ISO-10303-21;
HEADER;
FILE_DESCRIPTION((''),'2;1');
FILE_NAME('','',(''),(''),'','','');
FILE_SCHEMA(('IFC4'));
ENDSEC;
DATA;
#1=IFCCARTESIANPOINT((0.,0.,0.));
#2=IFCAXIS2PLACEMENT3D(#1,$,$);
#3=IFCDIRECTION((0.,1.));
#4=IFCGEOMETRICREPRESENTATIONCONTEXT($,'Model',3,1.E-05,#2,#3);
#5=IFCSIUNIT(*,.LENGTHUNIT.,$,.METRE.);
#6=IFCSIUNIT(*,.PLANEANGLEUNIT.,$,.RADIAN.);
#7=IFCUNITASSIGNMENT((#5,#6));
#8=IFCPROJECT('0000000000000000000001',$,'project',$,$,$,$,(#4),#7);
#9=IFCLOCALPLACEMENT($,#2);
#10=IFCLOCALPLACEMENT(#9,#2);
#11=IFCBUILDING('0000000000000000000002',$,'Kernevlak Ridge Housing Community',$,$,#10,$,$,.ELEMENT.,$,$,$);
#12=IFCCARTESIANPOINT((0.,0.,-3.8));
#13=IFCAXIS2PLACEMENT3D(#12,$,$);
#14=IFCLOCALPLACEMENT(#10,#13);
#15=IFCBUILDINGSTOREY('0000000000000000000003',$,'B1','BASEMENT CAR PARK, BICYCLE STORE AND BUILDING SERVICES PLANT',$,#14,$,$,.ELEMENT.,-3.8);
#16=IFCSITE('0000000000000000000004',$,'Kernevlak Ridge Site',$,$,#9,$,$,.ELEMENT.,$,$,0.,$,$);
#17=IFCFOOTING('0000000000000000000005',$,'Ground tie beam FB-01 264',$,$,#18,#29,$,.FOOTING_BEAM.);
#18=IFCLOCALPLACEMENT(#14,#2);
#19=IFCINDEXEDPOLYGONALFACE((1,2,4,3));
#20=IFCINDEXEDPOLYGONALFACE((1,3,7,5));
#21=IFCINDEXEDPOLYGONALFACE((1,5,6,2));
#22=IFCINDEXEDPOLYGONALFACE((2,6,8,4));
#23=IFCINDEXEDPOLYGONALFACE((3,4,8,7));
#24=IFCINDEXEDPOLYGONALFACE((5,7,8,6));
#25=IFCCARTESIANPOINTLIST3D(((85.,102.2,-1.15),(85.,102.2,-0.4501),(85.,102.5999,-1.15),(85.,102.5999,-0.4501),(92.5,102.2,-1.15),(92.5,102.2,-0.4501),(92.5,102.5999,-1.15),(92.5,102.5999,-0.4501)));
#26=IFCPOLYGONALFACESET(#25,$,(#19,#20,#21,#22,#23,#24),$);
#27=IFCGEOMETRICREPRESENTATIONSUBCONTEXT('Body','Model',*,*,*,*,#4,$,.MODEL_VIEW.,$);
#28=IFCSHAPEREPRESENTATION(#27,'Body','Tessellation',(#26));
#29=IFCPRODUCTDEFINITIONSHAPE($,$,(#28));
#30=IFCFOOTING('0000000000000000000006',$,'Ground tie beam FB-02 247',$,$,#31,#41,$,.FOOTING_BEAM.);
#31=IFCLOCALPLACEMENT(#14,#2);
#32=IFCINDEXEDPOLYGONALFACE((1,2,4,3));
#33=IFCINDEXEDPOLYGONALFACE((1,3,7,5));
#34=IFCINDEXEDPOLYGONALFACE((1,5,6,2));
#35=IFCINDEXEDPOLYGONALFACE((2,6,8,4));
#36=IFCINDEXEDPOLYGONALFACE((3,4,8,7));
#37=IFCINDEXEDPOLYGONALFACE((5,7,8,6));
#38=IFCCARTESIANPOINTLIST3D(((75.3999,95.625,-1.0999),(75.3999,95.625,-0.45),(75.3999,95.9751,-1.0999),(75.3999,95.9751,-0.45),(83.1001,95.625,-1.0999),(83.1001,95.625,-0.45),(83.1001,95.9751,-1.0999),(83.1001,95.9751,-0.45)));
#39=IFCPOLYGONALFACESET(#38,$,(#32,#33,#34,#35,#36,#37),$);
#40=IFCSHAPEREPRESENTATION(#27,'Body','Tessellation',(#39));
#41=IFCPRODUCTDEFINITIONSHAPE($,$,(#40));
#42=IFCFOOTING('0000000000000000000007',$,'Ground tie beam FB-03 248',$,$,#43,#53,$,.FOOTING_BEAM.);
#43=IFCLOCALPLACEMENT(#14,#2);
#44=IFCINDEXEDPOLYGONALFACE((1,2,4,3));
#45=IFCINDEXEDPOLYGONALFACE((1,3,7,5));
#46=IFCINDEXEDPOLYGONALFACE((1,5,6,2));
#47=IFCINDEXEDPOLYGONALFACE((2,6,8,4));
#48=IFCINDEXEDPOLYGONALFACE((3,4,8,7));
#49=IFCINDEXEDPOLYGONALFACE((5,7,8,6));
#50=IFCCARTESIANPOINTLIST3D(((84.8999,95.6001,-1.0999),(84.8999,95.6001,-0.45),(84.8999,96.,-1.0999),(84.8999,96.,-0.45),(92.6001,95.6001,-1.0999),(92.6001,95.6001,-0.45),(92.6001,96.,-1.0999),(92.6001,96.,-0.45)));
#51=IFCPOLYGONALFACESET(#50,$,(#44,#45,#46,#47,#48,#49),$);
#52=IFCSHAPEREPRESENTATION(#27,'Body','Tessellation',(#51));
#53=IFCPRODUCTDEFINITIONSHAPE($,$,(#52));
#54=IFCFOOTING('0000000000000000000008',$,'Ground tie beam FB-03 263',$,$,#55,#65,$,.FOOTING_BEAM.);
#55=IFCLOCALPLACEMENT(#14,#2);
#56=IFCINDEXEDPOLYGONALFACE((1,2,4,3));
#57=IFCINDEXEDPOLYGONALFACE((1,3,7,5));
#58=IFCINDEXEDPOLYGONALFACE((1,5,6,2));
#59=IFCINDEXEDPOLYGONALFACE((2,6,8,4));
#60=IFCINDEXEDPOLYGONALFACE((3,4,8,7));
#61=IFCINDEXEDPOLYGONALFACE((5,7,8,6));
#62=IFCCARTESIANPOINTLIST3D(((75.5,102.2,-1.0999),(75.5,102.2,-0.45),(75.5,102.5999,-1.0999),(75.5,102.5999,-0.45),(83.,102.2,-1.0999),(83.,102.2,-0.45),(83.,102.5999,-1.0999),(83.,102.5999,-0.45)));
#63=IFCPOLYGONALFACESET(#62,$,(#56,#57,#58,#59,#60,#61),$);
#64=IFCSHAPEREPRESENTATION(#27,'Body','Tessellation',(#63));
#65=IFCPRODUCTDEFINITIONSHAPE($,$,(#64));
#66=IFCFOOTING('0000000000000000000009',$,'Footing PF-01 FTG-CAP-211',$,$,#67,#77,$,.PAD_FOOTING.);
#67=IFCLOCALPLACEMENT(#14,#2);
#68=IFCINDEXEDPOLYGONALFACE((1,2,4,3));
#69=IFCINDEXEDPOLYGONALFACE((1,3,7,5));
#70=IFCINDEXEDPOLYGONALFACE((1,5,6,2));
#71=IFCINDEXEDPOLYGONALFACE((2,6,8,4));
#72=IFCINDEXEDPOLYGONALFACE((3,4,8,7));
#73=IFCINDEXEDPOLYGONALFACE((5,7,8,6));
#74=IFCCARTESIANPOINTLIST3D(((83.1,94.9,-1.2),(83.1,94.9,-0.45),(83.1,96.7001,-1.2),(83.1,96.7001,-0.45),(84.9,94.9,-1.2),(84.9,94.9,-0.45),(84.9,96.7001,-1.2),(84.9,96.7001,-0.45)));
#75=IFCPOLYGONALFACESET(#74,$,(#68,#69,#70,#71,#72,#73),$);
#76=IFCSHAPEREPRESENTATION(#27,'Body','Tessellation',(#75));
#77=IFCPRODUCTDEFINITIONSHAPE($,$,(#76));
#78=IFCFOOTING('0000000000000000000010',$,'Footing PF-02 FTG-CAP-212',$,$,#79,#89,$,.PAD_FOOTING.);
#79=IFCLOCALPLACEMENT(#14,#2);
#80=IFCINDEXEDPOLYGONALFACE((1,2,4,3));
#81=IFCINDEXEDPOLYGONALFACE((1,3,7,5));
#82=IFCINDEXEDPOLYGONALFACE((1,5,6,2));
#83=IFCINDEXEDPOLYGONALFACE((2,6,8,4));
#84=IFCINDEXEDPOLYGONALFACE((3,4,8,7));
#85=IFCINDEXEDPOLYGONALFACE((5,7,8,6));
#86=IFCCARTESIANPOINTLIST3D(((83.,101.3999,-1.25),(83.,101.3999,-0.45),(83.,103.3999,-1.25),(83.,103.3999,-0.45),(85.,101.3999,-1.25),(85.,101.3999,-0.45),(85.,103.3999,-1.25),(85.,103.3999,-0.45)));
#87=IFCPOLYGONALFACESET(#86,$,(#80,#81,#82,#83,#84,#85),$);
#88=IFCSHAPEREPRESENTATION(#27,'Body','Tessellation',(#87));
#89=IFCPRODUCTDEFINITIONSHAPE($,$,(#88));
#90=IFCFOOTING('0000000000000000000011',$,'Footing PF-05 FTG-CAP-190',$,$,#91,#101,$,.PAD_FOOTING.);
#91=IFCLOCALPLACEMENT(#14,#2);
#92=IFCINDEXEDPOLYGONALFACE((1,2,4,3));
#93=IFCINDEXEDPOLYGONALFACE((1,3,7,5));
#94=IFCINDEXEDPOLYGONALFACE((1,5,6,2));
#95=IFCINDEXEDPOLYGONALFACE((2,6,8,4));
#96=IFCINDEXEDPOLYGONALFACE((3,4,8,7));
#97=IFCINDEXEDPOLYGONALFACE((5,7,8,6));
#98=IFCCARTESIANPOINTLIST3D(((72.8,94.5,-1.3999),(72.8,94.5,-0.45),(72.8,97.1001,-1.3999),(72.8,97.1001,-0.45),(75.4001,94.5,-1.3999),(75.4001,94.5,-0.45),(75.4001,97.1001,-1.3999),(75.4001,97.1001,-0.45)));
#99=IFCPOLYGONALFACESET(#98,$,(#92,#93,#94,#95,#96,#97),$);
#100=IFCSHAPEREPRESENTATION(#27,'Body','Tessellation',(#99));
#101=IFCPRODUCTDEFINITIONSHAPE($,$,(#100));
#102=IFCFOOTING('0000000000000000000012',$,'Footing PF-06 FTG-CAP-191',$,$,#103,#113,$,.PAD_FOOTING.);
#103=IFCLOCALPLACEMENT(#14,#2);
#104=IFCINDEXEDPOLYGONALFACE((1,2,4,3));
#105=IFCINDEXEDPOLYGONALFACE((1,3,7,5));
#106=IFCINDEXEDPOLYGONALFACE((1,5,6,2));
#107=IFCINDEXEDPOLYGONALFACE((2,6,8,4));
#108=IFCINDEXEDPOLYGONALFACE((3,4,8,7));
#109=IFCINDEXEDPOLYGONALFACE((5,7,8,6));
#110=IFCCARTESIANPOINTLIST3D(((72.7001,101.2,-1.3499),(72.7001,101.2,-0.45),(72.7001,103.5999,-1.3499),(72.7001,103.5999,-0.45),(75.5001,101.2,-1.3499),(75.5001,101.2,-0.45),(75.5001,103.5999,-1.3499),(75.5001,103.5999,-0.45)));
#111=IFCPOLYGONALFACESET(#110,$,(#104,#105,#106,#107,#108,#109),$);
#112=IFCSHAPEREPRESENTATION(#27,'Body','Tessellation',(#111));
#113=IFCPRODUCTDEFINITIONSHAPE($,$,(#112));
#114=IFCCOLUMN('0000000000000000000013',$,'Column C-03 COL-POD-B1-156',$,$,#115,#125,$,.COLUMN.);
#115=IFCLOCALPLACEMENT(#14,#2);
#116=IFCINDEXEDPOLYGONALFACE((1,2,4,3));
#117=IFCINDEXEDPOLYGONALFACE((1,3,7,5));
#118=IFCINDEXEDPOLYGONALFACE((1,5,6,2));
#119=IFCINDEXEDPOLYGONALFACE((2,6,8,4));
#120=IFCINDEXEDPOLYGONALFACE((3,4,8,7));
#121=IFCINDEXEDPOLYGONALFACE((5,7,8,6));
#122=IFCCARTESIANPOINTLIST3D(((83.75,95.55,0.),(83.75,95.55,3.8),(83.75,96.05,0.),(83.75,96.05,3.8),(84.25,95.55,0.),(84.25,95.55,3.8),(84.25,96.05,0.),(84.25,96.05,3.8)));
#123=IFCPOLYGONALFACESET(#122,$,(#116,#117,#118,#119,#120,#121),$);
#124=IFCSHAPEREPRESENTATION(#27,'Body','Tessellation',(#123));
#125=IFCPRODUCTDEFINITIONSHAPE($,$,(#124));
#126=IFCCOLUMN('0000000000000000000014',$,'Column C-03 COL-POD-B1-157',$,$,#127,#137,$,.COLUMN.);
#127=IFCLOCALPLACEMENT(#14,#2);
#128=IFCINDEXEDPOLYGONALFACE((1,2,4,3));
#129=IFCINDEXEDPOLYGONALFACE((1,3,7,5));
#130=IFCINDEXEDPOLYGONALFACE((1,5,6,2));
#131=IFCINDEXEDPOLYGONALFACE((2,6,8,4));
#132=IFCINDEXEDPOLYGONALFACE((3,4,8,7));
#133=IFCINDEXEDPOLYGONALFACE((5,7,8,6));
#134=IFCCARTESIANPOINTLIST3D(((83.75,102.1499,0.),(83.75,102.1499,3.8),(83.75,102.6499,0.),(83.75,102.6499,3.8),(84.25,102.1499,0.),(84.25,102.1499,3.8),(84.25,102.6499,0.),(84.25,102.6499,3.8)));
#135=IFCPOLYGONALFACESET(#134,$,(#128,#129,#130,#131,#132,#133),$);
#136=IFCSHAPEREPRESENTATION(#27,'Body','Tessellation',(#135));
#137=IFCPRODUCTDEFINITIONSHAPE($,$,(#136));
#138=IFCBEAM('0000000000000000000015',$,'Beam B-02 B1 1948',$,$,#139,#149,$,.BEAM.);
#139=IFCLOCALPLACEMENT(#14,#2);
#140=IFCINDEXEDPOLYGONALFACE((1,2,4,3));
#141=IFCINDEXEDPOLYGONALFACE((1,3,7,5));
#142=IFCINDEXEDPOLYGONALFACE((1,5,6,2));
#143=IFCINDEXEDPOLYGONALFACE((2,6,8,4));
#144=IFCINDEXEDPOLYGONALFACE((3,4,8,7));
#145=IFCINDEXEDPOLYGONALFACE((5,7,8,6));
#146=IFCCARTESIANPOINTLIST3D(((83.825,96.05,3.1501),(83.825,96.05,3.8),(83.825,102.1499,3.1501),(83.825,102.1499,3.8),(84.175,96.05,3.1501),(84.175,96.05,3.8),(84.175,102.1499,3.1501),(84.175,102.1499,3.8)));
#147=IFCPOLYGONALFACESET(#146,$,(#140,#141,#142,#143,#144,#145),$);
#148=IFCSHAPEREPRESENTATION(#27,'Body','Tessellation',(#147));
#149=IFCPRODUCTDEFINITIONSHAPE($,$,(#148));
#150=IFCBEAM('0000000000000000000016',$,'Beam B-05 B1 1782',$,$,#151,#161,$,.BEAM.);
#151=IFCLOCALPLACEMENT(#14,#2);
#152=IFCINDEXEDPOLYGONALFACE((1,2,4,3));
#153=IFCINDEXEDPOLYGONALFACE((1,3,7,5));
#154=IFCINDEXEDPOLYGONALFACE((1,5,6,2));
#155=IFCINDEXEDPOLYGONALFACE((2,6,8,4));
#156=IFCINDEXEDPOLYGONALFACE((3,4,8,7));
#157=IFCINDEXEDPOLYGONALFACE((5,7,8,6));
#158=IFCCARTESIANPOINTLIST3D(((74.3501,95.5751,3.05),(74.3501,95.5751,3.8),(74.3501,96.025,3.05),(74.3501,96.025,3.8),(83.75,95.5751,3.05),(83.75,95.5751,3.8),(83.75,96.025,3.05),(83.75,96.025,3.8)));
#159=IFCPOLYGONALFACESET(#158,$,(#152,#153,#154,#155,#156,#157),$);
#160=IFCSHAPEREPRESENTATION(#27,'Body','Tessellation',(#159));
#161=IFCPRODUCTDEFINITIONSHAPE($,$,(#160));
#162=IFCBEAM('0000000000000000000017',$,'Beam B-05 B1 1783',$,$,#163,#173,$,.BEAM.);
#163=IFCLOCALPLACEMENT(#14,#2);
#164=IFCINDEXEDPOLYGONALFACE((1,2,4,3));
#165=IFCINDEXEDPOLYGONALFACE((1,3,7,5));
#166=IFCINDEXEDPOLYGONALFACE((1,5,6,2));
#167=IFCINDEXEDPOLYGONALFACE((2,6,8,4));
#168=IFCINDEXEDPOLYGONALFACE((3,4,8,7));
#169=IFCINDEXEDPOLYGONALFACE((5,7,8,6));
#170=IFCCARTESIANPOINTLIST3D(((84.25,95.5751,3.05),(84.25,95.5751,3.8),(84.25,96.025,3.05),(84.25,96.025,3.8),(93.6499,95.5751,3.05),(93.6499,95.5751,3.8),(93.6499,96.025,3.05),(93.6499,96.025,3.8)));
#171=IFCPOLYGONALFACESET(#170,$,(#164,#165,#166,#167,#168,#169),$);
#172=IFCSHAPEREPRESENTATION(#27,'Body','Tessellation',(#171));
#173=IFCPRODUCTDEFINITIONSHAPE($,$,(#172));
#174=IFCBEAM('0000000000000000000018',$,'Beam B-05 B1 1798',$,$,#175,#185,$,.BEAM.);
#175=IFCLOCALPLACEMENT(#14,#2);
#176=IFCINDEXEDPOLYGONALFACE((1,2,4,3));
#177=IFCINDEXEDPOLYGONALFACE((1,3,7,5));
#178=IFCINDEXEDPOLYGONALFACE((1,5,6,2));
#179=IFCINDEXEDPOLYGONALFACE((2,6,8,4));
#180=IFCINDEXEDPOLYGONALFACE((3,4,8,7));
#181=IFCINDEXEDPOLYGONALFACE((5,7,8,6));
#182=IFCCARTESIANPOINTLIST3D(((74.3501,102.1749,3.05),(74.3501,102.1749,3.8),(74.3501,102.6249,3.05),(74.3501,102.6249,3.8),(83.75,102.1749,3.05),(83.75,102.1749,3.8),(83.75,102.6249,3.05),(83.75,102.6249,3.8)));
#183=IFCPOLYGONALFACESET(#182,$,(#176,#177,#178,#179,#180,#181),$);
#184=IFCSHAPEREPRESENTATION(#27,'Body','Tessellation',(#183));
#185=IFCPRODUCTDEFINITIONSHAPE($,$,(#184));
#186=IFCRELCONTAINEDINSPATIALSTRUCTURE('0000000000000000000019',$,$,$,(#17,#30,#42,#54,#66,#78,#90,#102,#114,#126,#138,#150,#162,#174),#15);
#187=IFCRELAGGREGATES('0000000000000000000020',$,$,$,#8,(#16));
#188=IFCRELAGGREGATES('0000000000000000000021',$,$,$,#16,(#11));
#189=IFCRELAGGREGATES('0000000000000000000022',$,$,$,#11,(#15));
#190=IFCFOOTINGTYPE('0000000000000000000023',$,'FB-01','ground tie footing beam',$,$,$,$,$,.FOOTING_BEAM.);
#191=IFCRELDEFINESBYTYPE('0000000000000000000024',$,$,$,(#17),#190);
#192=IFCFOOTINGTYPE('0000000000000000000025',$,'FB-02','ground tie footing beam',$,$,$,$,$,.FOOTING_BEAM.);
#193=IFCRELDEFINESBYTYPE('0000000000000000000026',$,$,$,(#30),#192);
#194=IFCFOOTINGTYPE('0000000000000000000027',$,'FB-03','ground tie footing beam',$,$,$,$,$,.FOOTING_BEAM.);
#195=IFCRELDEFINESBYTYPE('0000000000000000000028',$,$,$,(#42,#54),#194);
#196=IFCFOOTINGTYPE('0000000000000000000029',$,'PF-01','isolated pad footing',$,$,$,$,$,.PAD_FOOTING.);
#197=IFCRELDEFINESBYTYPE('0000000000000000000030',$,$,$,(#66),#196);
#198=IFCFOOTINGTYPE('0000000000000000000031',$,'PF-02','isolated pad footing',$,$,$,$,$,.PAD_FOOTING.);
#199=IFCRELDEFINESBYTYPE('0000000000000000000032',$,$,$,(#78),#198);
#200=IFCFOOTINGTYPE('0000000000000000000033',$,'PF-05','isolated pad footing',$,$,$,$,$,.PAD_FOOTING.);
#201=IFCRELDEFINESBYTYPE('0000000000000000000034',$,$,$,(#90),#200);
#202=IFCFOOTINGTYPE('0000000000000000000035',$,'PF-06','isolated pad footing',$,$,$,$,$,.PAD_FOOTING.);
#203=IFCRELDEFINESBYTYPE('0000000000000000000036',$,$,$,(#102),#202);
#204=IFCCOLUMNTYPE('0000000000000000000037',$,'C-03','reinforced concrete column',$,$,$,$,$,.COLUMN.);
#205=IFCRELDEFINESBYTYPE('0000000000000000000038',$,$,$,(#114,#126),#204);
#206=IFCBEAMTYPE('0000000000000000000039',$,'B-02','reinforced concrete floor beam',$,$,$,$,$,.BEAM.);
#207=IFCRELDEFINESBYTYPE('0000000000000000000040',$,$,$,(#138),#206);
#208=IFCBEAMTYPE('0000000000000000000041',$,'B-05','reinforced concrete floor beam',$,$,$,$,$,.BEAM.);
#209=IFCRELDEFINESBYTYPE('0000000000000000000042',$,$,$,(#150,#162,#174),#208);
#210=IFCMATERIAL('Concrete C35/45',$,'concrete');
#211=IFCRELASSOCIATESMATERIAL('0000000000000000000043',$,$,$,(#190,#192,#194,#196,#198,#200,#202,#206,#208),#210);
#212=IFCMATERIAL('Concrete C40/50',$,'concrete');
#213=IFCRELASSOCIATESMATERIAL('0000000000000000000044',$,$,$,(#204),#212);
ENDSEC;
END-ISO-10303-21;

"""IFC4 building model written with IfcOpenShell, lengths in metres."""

from ifc_helpers import new_model, si_unit, direction, frame, origin, origin_2d, place, context, subcontext, project, spatial, rectangle, extrude, material, material_profile, profile_set, type_object, element, save


model = new_model("IFC4")

# Units and contexts
model_context = context("Model", 3, precision=1e-05, world=origin(), true_north=direction((0.0, 1.0)))
body_context = subcontext(model_context, "Body", "Model", "MODEL_VIEW")
ifc_project = project(units=[si_unit("LENGTHUNIT", "METRE"), si_unit("PLANEANGLEUNIT", "RADIAN")], contexts=[model_context])

# Site, building, storey
site_placement = place(None, origin())
site = spatial("IfcSite", under=ifc_project, at=site_placement, Name="Kernevlak Ridge Site", CompositionType="ELEMENT", RefElevation=0.0)
building_placement = place(site_placement, origin())
building = spatial("IfcBuilding", under=site, at=building_placement, Name="Kernevlak Ridge Housing Community", CompositionType="ELEMENT")
storey_placement = place(building_placement, frame((0.0, 0.0, -3.8)))
storey = spatial("IfcBuildingStorey", under=building, at=storey_placement, Name="B1", Description="BASEMENT CAR PARK, BICYCLE STORE AND BUILDING SERVICES PLANT", CompositionType="ELEMENT", Elevation=-3.8)

# Footings
ifc_material_1 = material(Name="Concrete C35/45", Category="concrete")
ifc_material_profile_1 = material_profile(ifc_material_1, rectangle(XDim=0.3999, YDim=0.7, at=origin_2d()), Name="RC 400x700")
ifc_profile_set_1 = profile_set([ifc_material_profile_1], Name="Concrete C35/45")
footing_type_1 = type_object("IfcFootingType", Name="FB-01", Description="ground tie footing beam", PredefinedType="FOOTING_BEAM", material=ifc_profile_set_1)
footing_1_placement = place(storey_placement, frame((85.0, 102.3999, -0.8), z_axis=(1.0, 0.0, 0.0), x_axis=(0.0, 1.0, 0.0)))
element("IfcFooting", 1, at=footing_1_placement, inside=storey, type_object=footing_type_1, Name="Ground tie beam FB-01 264", PredefinedType="FOOTING_BEAM", context=body_context, shape_type="SweptSolid", body=[
    extrude(rectangle(XDim=0.3999, YDim=0.7, at=origin_2d()), origin(), (0.0, 0.0, 1.0), 7.5),
])
ifc_material_profile_2 = material_profile(ifc_material_1, rectangle(XDim=0.3501, YDim=0.6499, at=origin_2d()), Name="RC 350x650")
ifc_profile_set_2 = profile_set([ifc_material_profile_2], Name="Concrete C35/45")
footing_type_2 = type_object("IfcFootingType", Name="FB-02", Description="ground tie footing beam", PredefinedType="FOOTING_BEAM", material=ifc_profile_set_2)
footing_2_placement = place(storey_placement, frame((75.3999, 95.8, -0.7749), z_axis=(1.0, 0.0, 0.0), x_axis=(0.0, 1.0, 0.0)))
element("IfcFooting", 2, at=footing_2_placement, inside=storey, type_object=footing_type_2, Name="Ground tie beam FB-02 247", PredefinedType="FOOTING_BEAM", context=body_context, shape_type="SweptSolid", body=[
    extrude(rectangle(XDim=0.3501, YDim=0.6499, at=origin_2d()), origin(), (0.0, 0.0, 1.0), 7.7002),
])
ifc_material_profile_3 = material_profile(ifc_material_1, rectangle(XDim=0.3999, YDim=0.6499, at=origin_2d()), Name="RC 400x650")
ifc_profile_set_3 = profile_set([ifc_material_profile_3], Name="Concrete C35/45")
footing_type_3 = type_object("IfcFootingType", Name="FB-03", Description="ground tie footing beam", PredefinedType="FOOTING_BEAM", material=ifc_profile_set_3)
footing_3_placement = place(storey_placement, frame((84.8999, 95.8, -0.7749), z_axis=(1.0, 0.0, 0.0), x_axis=(0.0, 1.0, 0.0)))
element("IfcFooting", 3, at=footing_3_placement, inside=storey, type_object=footing_type_3, Name="Ground tie beam FB-03 248", PredefinedType="FOOTING_BEAM", context=body_context, shape_type="SweptSolid", body=[
    extrude(rectangle(XDim=0.3999, YDim=0.6499, at=origin_2d()), origin(), (0.0, 0.0, 1.0), 7.7002),
])
footing_4_placement = place(storey_placement, frame((75.5, 102.3999, -0.7749), z_axis=(1.0, 0.0, 0.0), x_axis=(0.0, 1.0, 0.0)))
element("IfcFooting", 4, at=footing_4_placement, inside=storey, type_object=footing_type_3, Name="Ground tie beam FB-03 263", PredefinedType="FOOTING_BEAM", context=body_context, shape_type="SweptSolid", body=[
    extrude(rectangle(XDim=0.3999, YDim=0.6499, at=origin_2d()), origin(), (0.0, 0.0, 1.0), 7.5),
])
footing_type_4 = type_object("IfcFootingType", Name="PF-01", Description="isolated pad footing", PredefinedType="PAD_FOOTING", material=ifc_material_1)
footing_5_placement = place(storey_placement, frame((84.0, 95.8, -1.2), z_axis=(0.0, 0.0, 1.0), x_axis=(1.0, 0.0, 0.0)))
element("IfcFooting", 5, at=footing_5_placement, inside=storey, type_object=footing_type_4, Name="Footing PF-01 FTG-CAP-211", PredefinedType="PAD_FOOTING", context=body_context, shape_type="SweptSolid", body=[
    extrude(rectangle(XDim=1.8, YDim=1.8, at=origin_2d()), origin(), (0.0, 0.0, 1.0), 0.75),
])
footing_type_5 = type_object("IfcFootingType", Name="PF-02", Description="isolated pad footing", PredefinedType="PAD_FOOTING", material=ifc_material_1)
footing_6_placement = place(storey_placement, frame((84.0, 102.3999, -1.25), z_axis=(0.0, 0.0, 1.0), x_axis=(1.0, 0.0, 0.0)))
element("IfcFooting", 6, at=footing_6_placement, inside=storey, type_object=footing_type_5, Name="Footing PF-02 FTG-CAP-212", PredefinedType="PAD_FOOTING", context=body_context, shape_type="SweptSolid", body=[
    extrude(rectangle(XDim=2.0, YDim=2.0, at=origin_2d()), origin(), (0.0, 0.0, 1.0), 0.8),
])
footing_type_6 = type_object("IfcFootingType", Name="PF-05", Description="isolated pad footing", PredefinedType="PAD_FOOTING", material=ifc_material_1)
footing_7_placement = place(storey_placement, frame((74.1001, 95.8, -1.3999), z_axis=(0.0, 0.0, 1.0), x_axis=(1.0, 0.0, 0.0)))
element("IfcFooting", 7, at=footing_7_placement, inside=storey, type_object=footing_type_6, Name="Footing PF-05 FTG-CAP-190", PredefinedType="PAD_FOOTING", context=body_context, shape_type="SweptSolid", body=[
    extrude(rectangle(XDim=2.6001, YDim=2.6001, at=origin_2d()), origin(), (0.0, 0.0, 1.0), 0.95),
])
footing_type_7 = type_object("IfcFootingType", Name="PF-06", Description="isolated pad footing", PredefinedType="PAD_FOOTING", material=ifc_material_1)
footing_8_placement = place(storey_placement, frame((74.1001, 102.3999, -1.3499), z_axis=(0.0, 0.0, 1.0), x_axis=(1.0, 0.0, 0.0)))
element("IfcFooting", 8, at=footing_8_placement, inside=storey, type_object=footing_type_7, Name="Footing PF-06 FTG-CAP-191", PredefinedType="PAD_FOOTING", context=body_context, shape_type="SweptSolid", body=[
    extrude(rectangle(XDim=2.8, YDim=2.3999, at=origin_2d()), origin(), (0.0, 0.0, 1.0), 0.8999),
])

# Columns
ifc_material_2 = material(Name="Concrete C40/50", Category="concrete")
ifc_material_profile_4 = material_profile(ifc_material_2, rectangle(XDim=0.5, YDim=0.5, at=origin_2d()), Name="RC 500x500")
ifc_profile_set_4 = profile_set([ifc_material_profile_4], Name="Concrete C40/50")
column_type = type_object("IfcColumnType", Name="C-03", Description="reinforced concrete column", PredefinedType="COLUMN", material=ifc_profile_set_4)
for number, where, z_axis, x_axis, name in (
    (9, (84.0, 95.8, 0.0), (0.0, 0.0, 1.0), (1.0, 0.0, 0.0), "Column C-03 COL-POD-B1-156"),
    (10, (84.0, 102.3999, 0.0), (0.0, 0.0, 1.0), (1.0, 0.0, 0.0), "Column C-03 COL-POD-B1-157"),
):
    element("IfcColumn", number, at=place(storey_placement, frame(where, z_axis=z_axis, x_axis=x_axis)), inside=storey, type_object=column_type, Name=name, PredefinedType="COLUMN", context=body_context, shape_type="SweptSolid", body=[
        extrude(rectangle(XDim=0.5, YDim=0.5, at=origin_2d()), origin(), (0.0, 0.0, 1.0), 3.8),
    ])

# Beams
ifc_material_profile_5 = material_profile(ifc_material_1, rectangle(XDim=0.3501, YDim=0.6499, at=origin_2d()), Name="RC 350x650")
ifc_profile_set_5 = profile_set([ifc_material_profile_5], Name="Concrete C35/45")
beam_type_1 = type_object("IfcBeamType", Name="B-02", Description="reinforced concrete floor beam", PredefinedType="BEAM", material=ifc_profile_set_5)
beam_placement = place(storey_placement, frame((84.0, 96.05, 3.4751), z_axis=(0.0, 1.0, 0.0), x_axis=(-1.0, 0.0, 0.0)))
element("IfcBeam", 11, at=beam_placement, inside=storey, type_object=beam_type_1, Name="Beam B-02 B1 1948", PredefinedType="BEAM", context=body_context, shape_type="SweptSolid", body=[
    extrude(rectangle(XDim=0.3501, YDim=0.6499, at=origin_2d()), origin(), (0.0, 0.0, 1.0), 6.0999),
])
ifc_material_profile_6 = material_profile(ifc_material_1, rectangle(XDim=0.45, YDim=0.75, at=origin_2d()), Name="RC 450x750")
ifc_profile_set_6 = profile_set([ifc_material_profile_6], Name="Concrete C35/45")
beam_type_2 = type_object("IfcBeamType", Name="B-05", Description="reinforced concrete floor beam", PredefinedType="BEAM", material=ifc_profile_set_6)
for number, where, z_axis, x_axis, name in (
    (12, (74.3501, 95.8, 3.425), (1.0, 0.0, 0.0), (0.0, 1.0, 0.0), "Beam B-05 B1 1782"),
    (13, (84.25, 95.8, 3.425), (1.0, 0.0, 0.0), (0.0, 1.0, 0.0), "Beam B-05 B1 1783"),
    (14, (74.3501, 102.3999, 3.425), (1.0, 0.0, 0.0), (0.0, 1.0, 0.0), "Beam B-05 B1 1798"),
):
    element("IfcBeam", number, at=place(storey_placement, frame(where, z_axis=z_axis, x_axis=x_axis)), inside=storey, type_object=beam_type_2, Name=name, PredefinedType="BEAM", context=body_context, shape_type="SweptSolid", body=[
        extrude(rectangle(XDim=0.45, YDim=0.75, at=origin_2d()), origin(), (0.0, 0.0, 1.0), 9.3999),
    ])

save(model, "model.ifc")
